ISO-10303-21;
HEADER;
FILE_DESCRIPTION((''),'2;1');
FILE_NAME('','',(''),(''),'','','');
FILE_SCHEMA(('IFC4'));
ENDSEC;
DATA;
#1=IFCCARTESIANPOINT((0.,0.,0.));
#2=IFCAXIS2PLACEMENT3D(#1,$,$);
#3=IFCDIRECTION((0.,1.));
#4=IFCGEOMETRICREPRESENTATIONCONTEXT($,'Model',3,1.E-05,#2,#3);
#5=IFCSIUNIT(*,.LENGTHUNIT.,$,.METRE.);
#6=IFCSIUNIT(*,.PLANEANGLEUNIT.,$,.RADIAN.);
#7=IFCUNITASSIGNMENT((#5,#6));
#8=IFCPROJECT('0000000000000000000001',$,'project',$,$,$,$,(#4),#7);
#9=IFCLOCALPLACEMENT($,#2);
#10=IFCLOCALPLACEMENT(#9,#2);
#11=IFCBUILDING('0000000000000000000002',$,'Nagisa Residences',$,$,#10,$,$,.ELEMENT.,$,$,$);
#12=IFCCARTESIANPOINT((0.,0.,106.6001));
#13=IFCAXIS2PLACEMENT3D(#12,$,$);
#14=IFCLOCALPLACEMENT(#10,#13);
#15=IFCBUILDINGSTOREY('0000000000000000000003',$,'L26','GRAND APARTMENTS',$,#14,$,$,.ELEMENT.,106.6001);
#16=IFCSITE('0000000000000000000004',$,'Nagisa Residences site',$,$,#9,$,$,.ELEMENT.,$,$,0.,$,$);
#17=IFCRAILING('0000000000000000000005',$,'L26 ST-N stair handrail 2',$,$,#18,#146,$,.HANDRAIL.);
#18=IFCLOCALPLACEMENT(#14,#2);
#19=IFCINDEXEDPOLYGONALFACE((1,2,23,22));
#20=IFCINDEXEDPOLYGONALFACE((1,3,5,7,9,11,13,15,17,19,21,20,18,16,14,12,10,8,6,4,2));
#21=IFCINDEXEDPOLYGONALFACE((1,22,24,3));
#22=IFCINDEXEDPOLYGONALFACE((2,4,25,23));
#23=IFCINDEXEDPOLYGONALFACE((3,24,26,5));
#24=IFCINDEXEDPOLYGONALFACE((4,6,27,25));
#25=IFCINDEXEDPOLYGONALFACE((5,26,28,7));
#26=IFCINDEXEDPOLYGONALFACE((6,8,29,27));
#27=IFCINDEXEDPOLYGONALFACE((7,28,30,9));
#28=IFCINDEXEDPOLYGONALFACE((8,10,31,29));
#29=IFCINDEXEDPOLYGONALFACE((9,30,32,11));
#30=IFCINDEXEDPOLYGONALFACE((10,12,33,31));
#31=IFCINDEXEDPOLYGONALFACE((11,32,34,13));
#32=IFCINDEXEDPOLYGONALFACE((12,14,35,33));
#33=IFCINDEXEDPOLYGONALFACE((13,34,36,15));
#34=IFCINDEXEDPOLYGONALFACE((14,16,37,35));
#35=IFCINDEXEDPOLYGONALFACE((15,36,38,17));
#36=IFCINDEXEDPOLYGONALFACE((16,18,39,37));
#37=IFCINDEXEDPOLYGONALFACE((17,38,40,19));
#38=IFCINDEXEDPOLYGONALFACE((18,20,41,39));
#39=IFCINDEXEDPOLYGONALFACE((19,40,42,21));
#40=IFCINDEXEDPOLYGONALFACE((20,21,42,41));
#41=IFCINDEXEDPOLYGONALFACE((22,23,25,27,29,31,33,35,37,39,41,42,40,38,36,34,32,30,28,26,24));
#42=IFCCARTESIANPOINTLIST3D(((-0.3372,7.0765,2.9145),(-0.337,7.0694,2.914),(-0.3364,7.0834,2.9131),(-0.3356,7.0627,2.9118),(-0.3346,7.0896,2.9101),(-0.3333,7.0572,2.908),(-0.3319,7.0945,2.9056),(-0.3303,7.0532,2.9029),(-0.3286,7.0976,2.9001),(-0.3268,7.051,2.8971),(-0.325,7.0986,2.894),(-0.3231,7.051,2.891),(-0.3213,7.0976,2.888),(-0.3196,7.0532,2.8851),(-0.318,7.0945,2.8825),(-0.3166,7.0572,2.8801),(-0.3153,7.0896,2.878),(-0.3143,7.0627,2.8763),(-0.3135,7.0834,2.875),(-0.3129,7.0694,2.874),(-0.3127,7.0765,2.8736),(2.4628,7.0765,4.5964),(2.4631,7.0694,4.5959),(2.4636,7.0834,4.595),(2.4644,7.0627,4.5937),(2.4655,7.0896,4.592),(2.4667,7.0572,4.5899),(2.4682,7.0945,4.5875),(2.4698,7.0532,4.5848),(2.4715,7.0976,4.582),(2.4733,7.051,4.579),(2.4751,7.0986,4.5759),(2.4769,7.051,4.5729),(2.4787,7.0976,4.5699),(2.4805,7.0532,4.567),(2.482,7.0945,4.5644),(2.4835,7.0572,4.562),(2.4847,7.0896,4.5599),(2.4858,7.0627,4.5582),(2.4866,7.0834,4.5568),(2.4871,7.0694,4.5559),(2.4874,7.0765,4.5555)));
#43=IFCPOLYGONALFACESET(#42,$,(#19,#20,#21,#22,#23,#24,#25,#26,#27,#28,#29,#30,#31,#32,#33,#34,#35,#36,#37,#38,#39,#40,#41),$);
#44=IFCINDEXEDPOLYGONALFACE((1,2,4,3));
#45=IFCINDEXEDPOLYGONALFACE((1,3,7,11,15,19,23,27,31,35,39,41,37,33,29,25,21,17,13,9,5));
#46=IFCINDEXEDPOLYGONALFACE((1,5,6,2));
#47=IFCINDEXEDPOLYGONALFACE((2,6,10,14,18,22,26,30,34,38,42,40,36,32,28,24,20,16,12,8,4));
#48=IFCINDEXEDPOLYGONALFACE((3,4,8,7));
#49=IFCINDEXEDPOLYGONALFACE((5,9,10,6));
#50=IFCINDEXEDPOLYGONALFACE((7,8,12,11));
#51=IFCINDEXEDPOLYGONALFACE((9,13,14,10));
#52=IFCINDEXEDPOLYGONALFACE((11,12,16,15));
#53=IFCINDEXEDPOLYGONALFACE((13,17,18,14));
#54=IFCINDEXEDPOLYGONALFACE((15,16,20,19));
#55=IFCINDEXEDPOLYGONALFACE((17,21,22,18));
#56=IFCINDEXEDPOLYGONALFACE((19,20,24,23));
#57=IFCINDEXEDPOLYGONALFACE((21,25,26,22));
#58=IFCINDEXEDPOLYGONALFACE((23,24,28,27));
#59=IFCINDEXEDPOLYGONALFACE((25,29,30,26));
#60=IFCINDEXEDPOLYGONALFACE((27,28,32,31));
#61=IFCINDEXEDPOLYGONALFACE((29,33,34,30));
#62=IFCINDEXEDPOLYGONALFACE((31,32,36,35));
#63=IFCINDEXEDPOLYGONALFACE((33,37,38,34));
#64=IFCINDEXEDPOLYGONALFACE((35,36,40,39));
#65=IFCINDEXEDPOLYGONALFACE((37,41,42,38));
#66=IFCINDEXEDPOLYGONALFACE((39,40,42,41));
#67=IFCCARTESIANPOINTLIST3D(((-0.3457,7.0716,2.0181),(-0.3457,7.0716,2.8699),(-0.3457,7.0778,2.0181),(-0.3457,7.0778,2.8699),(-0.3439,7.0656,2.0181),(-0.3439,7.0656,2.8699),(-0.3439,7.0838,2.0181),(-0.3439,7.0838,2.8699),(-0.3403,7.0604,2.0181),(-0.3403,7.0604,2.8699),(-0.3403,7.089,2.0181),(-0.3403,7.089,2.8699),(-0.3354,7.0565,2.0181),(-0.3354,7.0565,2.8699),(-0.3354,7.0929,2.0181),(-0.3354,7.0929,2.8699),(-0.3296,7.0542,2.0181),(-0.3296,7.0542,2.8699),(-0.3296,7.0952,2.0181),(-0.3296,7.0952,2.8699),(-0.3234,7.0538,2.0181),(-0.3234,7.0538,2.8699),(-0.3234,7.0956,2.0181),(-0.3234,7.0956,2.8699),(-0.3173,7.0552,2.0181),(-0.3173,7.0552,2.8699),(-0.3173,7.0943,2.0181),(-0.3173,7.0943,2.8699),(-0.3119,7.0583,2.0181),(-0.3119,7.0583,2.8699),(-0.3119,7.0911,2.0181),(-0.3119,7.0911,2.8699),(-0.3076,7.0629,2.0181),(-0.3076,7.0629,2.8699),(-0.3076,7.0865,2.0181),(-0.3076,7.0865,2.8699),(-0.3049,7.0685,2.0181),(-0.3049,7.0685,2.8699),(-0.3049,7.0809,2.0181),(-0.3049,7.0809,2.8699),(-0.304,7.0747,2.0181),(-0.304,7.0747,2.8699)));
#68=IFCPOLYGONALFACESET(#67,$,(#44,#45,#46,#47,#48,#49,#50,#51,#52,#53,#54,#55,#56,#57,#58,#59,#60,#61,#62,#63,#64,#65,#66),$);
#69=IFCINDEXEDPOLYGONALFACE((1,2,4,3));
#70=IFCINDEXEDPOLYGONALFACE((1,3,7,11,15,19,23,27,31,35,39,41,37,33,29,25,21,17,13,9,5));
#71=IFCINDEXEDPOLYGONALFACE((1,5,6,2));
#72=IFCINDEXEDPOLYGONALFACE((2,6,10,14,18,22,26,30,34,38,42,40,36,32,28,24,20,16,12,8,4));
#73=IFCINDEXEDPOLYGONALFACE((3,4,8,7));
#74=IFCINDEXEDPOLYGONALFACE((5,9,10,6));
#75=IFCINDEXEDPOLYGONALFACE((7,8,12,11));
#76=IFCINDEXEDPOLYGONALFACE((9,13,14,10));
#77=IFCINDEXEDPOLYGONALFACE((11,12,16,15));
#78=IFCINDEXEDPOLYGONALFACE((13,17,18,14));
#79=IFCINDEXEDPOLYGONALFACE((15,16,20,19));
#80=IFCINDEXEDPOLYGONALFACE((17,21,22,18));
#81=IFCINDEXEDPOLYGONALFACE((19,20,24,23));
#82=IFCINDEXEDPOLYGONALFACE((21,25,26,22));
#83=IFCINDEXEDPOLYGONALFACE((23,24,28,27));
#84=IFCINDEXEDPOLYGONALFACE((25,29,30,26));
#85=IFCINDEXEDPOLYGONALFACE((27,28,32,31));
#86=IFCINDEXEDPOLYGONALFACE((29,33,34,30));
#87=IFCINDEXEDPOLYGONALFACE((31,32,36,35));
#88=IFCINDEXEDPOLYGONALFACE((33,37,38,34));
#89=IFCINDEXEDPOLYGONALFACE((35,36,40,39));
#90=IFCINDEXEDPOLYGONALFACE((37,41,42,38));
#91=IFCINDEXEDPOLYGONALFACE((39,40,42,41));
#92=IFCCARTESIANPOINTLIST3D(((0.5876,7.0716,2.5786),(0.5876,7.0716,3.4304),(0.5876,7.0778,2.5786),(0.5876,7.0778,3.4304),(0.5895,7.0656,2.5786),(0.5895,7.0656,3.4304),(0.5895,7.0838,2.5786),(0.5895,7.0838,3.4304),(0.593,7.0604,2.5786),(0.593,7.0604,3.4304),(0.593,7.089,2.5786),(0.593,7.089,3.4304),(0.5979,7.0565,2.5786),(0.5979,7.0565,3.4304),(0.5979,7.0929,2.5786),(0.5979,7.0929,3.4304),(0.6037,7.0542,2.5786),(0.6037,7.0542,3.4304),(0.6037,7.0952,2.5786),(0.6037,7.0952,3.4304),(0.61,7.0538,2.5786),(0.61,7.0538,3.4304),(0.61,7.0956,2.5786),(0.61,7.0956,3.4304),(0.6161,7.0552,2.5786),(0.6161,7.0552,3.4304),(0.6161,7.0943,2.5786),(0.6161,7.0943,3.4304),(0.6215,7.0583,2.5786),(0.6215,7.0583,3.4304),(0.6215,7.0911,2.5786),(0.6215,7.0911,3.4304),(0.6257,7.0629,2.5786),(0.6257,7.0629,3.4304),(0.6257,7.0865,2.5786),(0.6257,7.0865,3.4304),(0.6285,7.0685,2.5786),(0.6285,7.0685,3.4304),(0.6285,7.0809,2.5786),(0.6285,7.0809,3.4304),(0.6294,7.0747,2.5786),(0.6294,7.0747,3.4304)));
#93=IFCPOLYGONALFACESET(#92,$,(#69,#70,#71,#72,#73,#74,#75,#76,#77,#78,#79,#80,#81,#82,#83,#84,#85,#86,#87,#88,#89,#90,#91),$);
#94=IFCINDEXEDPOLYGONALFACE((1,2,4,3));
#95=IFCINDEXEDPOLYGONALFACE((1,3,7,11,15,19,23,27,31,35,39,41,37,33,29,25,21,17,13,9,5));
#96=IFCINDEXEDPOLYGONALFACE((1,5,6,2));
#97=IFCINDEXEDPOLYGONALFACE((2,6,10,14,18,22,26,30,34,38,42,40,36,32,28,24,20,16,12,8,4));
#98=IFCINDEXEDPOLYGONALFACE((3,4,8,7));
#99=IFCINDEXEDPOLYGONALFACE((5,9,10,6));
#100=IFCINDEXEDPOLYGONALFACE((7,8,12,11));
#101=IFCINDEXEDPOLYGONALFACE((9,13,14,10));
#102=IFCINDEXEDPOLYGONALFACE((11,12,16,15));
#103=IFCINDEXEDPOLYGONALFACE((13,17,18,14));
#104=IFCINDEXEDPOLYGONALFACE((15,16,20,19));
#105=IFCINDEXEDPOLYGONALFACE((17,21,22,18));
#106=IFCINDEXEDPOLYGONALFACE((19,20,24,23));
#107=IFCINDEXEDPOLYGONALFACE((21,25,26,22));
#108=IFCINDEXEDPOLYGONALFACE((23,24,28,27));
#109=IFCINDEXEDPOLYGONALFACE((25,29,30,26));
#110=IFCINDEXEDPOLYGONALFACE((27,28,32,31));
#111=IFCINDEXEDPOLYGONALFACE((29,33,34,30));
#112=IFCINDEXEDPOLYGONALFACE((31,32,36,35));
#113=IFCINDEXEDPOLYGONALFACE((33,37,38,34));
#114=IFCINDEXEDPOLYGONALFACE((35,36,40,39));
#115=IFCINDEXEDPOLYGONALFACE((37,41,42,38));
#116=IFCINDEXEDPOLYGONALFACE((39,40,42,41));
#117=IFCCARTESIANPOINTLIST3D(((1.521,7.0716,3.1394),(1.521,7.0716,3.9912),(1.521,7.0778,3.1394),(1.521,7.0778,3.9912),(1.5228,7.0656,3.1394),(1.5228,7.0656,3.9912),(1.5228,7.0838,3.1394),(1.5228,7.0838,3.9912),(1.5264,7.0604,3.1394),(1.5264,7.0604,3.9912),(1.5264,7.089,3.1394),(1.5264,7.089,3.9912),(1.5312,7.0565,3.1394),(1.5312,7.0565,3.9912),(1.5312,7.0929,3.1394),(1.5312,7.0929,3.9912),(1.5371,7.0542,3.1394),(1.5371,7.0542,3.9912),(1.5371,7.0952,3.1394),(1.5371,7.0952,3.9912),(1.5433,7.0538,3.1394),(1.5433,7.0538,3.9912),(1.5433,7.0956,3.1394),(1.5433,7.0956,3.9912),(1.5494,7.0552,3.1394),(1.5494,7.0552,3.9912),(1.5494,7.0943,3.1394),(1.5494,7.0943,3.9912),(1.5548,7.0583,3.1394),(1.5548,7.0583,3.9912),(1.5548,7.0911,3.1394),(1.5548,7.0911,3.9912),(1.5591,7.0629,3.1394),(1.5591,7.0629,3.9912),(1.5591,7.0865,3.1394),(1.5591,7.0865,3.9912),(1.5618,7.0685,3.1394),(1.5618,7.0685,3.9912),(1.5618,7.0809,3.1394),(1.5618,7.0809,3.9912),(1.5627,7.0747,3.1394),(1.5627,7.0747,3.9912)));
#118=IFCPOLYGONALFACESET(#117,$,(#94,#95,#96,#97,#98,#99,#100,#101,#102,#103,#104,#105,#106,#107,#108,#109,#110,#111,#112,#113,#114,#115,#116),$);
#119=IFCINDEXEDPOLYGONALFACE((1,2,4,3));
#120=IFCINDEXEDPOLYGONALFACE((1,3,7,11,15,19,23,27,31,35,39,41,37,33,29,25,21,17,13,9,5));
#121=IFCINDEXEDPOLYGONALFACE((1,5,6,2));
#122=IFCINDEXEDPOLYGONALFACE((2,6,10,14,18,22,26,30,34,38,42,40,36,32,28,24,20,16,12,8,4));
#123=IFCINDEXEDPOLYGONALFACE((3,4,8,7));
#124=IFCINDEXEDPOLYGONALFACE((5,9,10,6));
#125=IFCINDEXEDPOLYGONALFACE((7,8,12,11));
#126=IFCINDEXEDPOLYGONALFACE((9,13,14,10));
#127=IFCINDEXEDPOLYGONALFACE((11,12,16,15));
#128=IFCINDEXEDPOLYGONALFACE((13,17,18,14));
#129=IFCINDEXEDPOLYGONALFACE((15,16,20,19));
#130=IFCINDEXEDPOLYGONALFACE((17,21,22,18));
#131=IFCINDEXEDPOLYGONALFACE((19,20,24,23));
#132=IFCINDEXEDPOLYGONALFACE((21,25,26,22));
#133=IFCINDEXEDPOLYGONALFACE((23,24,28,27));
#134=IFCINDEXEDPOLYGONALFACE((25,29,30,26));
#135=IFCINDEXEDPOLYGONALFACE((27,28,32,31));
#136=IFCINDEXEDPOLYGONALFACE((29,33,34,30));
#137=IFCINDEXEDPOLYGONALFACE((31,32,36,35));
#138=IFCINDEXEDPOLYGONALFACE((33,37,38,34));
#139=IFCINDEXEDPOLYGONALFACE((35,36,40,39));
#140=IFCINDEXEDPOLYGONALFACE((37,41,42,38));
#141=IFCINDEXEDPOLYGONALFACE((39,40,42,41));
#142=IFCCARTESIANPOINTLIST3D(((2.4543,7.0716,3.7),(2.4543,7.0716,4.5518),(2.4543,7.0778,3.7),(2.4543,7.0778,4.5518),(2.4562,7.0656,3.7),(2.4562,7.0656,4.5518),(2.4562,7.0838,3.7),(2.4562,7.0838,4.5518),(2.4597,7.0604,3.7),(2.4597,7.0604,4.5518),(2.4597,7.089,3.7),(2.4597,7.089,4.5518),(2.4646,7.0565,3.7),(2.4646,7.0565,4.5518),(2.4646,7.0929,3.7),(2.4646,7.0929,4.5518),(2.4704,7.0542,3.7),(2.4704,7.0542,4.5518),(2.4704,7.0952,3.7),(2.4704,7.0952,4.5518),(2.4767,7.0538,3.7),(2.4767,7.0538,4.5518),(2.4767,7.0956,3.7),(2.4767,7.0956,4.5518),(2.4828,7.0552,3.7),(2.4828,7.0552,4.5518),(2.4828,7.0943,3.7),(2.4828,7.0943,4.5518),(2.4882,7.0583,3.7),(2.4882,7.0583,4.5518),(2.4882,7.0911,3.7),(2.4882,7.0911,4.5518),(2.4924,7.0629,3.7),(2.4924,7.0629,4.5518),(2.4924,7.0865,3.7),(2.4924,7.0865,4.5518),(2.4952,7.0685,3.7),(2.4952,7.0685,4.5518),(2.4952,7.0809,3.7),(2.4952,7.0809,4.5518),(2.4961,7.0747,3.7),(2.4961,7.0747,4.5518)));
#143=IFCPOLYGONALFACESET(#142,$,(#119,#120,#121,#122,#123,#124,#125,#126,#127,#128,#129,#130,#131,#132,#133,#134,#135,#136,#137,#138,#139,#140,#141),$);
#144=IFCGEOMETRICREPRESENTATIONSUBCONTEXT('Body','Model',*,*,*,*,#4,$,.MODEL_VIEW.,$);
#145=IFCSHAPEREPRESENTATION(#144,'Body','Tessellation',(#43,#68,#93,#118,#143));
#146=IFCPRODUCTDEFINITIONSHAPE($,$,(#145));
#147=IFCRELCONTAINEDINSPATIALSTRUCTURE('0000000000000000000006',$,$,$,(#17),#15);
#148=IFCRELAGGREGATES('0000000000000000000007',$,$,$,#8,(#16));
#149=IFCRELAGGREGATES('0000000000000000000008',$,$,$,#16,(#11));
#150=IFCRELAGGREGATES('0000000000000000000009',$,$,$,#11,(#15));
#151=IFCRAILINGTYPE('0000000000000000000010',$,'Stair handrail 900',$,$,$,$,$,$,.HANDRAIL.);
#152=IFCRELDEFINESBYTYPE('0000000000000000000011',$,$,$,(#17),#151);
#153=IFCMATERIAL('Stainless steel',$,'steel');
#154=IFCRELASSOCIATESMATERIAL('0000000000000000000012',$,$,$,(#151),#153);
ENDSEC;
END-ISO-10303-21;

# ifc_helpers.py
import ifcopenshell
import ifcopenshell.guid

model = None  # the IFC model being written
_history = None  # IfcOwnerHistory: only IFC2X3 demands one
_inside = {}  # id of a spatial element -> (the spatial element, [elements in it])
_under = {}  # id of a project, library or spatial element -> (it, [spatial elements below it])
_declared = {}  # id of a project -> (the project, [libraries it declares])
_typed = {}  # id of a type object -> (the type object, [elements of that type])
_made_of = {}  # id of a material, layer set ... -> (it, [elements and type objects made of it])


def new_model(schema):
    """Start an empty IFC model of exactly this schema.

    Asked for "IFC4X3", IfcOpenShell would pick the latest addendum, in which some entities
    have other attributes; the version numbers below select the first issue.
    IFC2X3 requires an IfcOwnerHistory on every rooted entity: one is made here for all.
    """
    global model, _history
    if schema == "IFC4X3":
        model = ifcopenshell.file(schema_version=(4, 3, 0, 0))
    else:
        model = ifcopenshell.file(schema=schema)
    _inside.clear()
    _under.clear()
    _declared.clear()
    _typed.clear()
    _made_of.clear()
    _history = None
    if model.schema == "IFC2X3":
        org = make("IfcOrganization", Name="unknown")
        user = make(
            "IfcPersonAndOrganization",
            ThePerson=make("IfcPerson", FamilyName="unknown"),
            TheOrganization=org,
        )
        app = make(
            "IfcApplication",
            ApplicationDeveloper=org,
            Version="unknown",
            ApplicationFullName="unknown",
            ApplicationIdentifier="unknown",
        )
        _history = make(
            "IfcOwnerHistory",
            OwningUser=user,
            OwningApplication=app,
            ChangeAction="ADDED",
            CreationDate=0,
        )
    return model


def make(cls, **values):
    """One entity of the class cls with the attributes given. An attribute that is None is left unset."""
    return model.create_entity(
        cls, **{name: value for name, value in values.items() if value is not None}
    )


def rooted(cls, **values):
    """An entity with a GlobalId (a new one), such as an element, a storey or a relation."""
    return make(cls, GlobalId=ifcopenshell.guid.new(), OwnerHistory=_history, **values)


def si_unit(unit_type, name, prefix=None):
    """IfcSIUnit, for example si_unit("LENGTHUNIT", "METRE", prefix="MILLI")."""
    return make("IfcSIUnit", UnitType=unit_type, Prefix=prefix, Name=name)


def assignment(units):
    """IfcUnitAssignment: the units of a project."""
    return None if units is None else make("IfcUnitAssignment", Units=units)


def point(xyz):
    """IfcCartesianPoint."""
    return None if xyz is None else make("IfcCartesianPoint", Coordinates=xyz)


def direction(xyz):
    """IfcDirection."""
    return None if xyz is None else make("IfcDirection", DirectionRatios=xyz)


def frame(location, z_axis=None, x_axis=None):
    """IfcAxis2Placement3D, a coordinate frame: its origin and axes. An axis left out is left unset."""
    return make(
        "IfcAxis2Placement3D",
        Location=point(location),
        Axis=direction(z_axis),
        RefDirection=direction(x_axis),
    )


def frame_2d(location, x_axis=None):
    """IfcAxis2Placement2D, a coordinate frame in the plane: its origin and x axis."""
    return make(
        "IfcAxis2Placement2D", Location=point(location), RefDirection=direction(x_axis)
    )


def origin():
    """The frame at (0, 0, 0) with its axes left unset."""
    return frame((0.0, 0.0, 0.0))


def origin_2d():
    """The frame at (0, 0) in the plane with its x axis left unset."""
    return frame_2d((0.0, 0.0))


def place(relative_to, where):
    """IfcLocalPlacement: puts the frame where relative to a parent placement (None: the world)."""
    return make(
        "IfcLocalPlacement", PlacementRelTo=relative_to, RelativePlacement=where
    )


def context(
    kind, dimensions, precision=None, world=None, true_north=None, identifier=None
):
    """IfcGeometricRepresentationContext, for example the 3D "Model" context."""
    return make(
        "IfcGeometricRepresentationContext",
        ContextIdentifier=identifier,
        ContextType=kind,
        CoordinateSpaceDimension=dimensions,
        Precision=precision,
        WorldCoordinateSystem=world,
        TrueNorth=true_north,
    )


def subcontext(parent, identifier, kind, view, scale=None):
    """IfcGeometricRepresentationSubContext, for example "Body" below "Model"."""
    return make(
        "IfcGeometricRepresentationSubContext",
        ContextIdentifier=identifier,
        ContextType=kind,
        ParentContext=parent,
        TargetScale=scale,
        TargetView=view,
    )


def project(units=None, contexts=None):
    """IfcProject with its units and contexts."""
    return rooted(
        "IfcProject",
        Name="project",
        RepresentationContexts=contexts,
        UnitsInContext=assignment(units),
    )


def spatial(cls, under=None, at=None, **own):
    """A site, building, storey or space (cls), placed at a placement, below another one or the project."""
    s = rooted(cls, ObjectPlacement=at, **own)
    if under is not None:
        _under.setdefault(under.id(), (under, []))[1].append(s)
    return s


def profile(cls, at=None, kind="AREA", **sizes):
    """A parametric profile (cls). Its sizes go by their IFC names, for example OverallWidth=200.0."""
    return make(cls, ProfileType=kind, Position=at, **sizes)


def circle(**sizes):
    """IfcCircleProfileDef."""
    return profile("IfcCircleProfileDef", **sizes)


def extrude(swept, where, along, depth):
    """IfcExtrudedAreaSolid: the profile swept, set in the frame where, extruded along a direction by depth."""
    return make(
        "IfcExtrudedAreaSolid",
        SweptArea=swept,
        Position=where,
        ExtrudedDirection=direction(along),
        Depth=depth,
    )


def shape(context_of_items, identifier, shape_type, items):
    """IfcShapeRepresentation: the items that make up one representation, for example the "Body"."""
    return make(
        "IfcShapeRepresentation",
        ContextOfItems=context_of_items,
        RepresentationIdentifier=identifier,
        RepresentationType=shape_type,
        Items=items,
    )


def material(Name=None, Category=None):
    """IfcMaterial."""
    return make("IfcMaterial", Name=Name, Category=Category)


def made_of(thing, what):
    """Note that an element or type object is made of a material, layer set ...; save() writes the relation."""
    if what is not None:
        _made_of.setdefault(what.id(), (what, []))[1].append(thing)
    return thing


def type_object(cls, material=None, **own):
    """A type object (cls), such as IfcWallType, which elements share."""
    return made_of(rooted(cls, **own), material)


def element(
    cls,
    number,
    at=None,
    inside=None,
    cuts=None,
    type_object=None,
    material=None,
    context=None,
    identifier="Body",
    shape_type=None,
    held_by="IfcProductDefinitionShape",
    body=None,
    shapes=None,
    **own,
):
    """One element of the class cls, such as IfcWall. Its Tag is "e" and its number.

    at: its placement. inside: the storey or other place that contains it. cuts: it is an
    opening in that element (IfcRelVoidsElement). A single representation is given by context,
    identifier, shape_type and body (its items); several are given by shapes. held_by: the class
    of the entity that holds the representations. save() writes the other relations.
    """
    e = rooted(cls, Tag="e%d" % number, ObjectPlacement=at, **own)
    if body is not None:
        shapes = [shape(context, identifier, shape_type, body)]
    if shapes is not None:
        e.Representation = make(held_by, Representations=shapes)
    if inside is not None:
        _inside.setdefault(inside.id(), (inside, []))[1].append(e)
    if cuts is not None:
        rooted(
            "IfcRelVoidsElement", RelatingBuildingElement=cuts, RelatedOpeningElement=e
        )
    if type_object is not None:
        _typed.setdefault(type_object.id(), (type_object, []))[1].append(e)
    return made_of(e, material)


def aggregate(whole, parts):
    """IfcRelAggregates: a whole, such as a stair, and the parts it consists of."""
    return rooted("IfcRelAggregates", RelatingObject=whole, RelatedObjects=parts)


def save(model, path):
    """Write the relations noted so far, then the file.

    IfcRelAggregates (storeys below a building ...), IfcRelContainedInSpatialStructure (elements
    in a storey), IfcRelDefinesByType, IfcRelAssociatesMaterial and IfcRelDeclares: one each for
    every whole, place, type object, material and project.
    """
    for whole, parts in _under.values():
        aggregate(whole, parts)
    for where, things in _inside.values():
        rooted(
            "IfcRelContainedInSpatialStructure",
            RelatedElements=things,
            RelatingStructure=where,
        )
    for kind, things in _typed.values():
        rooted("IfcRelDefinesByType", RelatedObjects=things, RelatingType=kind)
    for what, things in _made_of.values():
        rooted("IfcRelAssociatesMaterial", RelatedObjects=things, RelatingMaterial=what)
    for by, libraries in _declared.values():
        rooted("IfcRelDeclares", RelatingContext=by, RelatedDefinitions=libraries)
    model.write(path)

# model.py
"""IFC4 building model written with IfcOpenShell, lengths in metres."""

from ifc_helpers import new_model, si_unit, direction, frame, origin, origin_2d, place, context, subcontext, project, spatial, circle, extrude, material, type_object, element, save


model = new_model("IFC4")

# Units and contexts
model_context = context("Model", 3, precision=1e-05, world=origin(), true_north=direction((0.0, 1.0)))
body_context = subcontext(model_context, "Body", "Model", "MODEL_VIEW")
ifc_project = project(units=[si_unit("LENGTHUNIT", "METRE"), si_unit("PLANEANGLEUNIT", "RADIAN")], contexts=[model_context])

# Site, building, storey
site_placement = place(None, origin())
site = spatial("IfcSite", under=ifc_project, at=site_placement, Name="Nagisa Residences site", CompositionType="ELEMENT", RefElevation=0.0)
building_placement = place(site_placement, origin())
building = spatial("IfcBuilding", under=site, at=building_placement, Name="Nagisa Residences", CompositionType="ELEMENT")
storey_placement = place(building_placement, frame((0.0, 0.0, 106.6001)))
storey = spatial("IfcBuildingStorey", under=building, at=storey_placement, Name="L26", Description="GRAND APARTMENTS", CompositionType="ELEMENT", Elevation=106.6001)

# Railing
ifc_material_1 = material(Name="Stainless steel", Category="steel")
railing_type_1 = type_object("IfcRailingType", Name="Stair handrail 900", PredefinedType="HANDRAIL", material=ifc_material_1)
railing_1_placement = place(storey_placement, frame((-0.325, 7.0747, 2.0181)))
element("IfcRailing", 1, at=railing_1_placement, inside=storey, type_object=railing_type_1, Name="L26 ST-N stair handrail 2", PredefinedType="HANDRAIL", context=body_context, shape_type="SweptSolid", body=[
    extrude(circle(Radius=0.0239, at=origin_2d()), frame((0.0, 0.0, 0.876), z_axis=(0.857242, 0.0, 0.514913), x_axis=(0.0, 1.0, 0.0)), (0.0, 0.0, 1.0), 3.2664),
    extrude(circle(Radius=0.021, at=origin_2d()), origin(), (0.0, 0.0, 1.0), 0.8518),
    extrude(circle(Radius=0.021, at=origin_2d()), frame((0.9333, 0.0, 0.5605)), (0.0, 0.0, 1.0), 0.8518),
    extrude(circle(Radius=0.021, at=origin_2d()), frame((1.8667, 0.0, 1.1213)), (0.0, 0.0, 1.0), 0.8518),
    extrude(circle(Radius=0.021, at=origin_2d()), frame((2.8, 0.0, 1.6819)), (0.0, 0.0, 1.0), 0.8518),
])

save(model, "model.ifc")
